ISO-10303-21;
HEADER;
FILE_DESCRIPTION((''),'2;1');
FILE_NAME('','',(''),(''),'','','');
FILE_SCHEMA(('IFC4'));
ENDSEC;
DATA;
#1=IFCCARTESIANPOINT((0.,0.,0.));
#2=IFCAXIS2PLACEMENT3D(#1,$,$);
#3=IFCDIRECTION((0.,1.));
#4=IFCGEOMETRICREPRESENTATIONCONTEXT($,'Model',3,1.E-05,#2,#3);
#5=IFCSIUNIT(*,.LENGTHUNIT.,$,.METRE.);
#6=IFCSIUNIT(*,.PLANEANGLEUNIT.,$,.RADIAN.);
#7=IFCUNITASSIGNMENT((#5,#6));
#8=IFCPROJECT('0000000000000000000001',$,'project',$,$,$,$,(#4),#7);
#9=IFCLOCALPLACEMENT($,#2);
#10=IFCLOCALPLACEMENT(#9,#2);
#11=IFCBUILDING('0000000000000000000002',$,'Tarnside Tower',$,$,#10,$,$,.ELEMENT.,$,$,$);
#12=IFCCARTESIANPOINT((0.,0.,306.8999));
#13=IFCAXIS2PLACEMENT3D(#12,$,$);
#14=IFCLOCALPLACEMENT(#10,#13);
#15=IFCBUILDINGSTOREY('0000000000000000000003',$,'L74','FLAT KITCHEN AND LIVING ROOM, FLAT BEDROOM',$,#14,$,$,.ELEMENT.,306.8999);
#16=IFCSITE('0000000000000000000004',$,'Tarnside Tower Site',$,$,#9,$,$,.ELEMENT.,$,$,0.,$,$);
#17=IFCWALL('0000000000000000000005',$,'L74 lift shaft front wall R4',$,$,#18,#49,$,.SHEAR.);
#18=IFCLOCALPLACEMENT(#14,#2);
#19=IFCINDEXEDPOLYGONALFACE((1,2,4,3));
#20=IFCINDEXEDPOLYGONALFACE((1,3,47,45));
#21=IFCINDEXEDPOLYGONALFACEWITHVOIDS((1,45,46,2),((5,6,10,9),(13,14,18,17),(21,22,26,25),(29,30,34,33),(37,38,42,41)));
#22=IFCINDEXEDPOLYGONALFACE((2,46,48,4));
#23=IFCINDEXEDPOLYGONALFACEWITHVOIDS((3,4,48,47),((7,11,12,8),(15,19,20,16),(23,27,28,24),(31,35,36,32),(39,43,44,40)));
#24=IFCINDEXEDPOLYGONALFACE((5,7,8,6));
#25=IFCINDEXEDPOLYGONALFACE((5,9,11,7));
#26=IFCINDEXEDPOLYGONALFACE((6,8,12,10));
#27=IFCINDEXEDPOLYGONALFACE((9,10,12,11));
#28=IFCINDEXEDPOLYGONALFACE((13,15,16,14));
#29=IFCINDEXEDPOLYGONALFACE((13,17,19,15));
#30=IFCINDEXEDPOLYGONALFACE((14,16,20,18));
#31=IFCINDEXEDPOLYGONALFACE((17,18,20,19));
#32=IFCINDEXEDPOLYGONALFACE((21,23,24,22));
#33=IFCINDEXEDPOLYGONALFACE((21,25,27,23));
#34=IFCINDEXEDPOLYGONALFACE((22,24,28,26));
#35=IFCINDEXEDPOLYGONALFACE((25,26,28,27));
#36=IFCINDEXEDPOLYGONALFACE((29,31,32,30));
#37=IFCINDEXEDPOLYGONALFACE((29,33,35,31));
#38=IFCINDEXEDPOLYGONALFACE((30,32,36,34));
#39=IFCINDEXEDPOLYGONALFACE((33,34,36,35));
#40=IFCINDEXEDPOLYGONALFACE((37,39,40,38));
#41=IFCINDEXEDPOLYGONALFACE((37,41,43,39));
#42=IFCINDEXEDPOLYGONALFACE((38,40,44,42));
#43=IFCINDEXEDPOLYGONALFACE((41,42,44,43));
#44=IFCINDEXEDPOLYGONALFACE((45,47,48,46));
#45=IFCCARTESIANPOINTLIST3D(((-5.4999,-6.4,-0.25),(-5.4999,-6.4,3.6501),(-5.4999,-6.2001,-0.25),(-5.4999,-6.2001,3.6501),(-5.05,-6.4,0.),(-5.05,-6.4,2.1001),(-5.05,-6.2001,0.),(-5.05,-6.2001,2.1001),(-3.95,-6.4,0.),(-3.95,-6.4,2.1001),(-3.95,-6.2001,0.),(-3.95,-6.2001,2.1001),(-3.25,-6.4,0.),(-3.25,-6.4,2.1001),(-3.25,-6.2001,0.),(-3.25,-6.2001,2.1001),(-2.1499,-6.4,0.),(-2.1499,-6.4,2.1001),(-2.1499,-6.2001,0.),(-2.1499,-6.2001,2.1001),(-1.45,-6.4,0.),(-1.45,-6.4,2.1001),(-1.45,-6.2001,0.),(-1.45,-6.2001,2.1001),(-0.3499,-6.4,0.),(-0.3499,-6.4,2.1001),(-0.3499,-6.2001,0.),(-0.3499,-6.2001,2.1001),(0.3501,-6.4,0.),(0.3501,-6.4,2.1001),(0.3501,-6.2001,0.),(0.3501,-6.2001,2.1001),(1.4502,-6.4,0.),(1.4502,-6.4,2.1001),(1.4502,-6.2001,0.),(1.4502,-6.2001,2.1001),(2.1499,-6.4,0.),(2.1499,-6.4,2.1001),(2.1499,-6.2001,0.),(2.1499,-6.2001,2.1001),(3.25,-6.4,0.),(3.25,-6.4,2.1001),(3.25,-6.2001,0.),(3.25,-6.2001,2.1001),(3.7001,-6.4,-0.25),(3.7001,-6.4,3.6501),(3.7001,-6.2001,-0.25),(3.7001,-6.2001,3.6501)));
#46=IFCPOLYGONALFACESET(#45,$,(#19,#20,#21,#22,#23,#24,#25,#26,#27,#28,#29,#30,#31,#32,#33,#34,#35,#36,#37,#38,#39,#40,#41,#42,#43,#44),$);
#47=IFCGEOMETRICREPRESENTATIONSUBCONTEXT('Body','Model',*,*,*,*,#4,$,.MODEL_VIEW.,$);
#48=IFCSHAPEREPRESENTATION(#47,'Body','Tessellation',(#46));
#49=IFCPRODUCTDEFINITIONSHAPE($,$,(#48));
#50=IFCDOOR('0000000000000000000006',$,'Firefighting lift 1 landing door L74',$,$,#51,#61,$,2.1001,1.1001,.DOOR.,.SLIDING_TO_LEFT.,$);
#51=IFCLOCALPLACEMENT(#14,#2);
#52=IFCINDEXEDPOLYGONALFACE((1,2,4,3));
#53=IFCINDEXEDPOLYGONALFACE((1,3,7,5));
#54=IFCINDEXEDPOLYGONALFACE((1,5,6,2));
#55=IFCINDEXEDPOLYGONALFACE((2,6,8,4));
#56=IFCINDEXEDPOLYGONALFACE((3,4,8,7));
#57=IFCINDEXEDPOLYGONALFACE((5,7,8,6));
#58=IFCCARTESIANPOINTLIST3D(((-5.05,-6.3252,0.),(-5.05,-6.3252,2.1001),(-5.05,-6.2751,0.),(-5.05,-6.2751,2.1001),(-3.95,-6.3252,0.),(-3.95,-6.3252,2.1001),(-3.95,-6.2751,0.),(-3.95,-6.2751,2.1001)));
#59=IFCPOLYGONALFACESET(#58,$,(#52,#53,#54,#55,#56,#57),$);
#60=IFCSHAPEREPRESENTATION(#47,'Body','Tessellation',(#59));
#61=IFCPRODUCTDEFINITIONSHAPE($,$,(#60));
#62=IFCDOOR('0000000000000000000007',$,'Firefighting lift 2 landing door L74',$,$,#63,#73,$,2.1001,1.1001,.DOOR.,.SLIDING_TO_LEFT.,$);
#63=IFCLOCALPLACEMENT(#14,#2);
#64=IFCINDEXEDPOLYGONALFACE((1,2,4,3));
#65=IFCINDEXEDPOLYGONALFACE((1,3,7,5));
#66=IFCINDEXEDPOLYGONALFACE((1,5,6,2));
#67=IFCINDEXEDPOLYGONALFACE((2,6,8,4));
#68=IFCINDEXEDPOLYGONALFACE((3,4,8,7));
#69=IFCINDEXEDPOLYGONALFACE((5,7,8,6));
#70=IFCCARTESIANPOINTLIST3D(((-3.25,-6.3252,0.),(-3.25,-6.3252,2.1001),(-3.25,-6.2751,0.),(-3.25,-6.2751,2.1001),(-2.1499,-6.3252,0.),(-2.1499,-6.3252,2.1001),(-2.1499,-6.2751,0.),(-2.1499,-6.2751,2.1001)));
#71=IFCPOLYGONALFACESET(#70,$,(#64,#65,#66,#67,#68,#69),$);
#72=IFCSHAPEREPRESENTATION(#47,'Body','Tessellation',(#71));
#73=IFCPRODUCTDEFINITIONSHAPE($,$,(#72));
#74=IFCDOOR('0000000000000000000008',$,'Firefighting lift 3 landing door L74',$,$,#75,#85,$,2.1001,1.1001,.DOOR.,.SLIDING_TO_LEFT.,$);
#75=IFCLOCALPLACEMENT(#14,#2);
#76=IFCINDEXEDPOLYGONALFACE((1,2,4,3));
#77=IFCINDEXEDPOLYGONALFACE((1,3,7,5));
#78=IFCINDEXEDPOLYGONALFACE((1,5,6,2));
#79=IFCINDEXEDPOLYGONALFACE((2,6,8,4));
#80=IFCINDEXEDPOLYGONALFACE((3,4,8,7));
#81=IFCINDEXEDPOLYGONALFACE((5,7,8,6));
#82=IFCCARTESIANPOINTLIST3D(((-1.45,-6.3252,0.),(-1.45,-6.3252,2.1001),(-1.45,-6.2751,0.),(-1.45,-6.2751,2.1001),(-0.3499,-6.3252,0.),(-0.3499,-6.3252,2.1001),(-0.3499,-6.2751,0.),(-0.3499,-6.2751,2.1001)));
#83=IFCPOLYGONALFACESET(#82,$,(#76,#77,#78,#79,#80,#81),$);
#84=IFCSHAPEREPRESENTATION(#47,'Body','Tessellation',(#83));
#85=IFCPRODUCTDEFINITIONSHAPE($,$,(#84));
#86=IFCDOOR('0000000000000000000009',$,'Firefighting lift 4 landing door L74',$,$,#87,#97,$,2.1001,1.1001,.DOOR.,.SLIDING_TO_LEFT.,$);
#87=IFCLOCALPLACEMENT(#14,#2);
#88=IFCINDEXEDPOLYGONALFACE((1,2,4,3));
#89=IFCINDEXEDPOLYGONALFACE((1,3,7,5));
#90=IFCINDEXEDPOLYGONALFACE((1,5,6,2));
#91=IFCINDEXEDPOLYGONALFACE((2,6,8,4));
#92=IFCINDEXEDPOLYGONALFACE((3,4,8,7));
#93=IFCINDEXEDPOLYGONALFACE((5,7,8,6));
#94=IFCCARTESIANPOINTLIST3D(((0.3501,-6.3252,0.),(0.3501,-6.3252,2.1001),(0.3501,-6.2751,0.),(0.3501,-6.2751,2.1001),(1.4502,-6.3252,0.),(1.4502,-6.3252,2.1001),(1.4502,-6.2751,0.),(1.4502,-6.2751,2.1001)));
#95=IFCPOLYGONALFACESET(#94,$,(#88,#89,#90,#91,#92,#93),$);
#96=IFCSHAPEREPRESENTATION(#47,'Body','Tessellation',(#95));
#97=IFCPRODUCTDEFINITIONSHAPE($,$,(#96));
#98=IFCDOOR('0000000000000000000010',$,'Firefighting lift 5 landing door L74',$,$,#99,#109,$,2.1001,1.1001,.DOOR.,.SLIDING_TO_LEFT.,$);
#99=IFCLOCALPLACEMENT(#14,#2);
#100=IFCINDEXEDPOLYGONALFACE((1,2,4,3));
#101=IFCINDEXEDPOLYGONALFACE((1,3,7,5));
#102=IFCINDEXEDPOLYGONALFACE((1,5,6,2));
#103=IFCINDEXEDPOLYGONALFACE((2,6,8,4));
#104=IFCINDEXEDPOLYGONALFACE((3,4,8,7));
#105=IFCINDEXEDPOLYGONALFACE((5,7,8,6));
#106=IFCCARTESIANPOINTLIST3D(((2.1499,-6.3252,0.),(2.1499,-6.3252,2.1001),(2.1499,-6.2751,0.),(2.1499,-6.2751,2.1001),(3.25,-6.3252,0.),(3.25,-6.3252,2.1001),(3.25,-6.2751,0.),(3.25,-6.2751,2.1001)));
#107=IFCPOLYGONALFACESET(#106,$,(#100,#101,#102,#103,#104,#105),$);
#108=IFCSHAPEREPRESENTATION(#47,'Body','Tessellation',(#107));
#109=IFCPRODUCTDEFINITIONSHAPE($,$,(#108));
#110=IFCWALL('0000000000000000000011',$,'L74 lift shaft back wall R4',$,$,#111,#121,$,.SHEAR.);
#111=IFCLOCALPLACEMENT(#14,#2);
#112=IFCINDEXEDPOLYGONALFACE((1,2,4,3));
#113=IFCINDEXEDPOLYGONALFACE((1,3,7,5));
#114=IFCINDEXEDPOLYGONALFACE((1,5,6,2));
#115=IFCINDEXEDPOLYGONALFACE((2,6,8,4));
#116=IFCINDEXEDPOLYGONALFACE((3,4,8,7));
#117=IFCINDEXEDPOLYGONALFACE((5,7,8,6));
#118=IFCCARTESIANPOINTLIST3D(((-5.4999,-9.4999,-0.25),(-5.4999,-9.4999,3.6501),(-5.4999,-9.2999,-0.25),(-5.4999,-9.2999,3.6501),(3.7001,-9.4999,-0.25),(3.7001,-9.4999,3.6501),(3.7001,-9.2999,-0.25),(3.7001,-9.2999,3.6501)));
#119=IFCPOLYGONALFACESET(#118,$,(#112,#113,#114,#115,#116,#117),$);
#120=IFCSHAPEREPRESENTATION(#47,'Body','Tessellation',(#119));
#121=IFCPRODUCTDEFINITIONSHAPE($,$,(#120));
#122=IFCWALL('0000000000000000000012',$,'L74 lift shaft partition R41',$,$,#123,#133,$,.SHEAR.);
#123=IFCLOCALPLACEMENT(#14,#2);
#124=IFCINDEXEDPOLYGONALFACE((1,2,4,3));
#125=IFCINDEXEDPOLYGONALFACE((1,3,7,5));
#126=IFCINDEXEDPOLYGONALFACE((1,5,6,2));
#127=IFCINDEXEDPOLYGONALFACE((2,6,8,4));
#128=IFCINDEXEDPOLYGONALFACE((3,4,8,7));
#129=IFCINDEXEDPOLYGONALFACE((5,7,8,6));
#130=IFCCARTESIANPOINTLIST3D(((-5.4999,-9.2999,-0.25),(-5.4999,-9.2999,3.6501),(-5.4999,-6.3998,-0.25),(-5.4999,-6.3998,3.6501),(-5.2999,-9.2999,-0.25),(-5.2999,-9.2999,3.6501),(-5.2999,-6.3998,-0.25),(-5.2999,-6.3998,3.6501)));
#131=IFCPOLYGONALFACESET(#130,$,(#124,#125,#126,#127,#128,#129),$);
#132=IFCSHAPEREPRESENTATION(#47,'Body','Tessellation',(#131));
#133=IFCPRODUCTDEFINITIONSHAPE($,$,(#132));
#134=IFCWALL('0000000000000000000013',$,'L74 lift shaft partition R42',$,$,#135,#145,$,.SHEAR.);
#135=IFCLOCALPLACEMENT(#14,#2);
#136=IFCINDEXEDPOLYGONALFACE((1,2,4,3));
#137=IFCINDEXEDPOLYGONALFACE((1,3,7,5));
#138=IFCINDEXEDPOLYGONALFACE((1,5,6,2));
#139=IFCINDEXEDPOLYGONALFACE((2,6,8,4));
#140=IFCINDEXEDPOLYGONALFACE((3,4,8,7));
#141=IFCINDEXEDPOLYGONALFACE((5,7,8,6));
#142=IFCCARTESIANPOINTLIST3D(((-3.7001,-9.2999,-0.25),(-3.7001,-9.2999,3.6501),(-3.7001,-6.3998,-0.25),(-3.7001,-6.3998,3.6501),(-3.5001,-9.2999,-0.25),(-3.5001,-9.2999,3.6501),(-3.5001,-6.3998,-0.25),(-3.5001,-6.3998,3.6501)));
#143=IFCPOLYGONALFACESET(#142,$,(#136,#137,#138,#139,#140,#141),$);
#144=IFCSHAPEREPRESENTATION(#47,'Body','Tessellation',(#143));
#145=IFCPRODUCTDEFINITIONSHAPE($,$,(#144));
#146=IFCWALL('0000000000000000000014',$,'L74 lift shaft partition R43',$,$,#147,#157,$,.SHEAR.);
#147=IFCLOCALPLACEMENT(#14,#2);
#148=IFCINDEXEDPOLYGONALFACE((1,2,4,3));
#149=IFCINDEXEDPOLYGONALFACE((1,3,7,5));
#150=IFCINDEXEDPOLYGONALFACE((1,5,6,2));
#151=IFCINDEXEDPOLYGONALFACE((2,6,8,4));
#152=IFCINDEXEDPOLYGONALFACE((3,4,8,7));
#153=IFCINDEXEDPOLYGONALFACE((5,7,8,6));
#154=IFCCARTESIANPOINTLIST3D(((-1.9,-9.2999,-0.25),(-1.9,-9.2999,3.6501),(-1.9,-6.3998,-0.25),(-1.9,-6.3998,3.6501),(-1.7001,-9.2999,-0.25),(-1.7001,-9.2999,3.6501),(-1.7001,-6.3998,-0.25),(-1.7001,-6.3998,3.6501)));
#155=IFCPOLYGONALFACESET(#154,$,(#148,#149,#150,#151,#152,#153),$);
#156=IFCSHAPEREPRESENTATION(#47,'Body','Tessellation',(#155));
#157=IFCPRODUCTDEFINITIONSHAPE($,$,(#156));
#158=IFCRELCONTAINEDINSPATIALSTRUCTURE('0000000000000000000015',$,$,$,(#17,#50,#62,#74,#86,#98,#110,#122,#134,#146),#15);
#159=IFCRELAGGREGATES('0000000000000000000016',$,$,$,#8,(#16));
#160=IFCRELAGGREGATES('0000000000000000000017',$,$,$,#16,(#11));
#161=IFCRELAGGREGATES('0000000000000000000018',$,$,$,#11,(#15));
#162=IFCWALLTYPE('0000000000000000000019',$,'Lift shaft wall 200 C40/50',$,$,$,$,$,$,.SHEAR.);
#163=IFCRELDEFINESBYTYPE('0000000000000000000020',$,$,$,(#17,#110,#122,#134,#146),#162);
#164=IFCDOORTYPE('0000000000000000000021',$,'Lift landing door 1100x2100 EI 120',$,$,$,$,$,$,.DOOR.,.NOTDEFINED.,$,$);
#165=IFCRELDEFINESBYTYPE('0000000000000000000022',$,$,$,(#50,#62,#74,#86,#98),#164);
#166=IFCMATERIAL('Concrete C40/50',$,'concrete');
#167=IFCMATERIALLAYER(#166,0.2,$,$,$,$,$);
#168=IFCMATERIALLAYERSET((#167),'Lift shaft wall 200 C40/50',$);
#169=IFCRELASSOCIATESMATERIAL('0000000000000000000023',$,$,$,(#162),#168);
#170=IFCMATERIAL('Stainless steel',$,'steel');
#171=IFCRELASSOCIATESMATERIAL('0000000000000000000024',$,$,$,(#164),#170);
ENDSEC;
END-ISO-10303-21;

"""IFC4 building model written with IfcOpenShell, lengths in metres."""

from ifc_helpers import new_model, si_unit, direction, frame, frame_2d, origin, place, context, subcontext, project, spatial, rectangle, extrude, material, layer, layer_set, type_object, element, fill, save


model = new_model("IFC4")

# Units and contexts
model_context = context("Model", 3, precision=1e-05, world=origin(), true_north=direction((0.0, 1.0)))
body_context = subcontext(model_context, "Body", "Model", "MODEL_VIEW")
ifc_project = project(units=[si_unit("LENGTHUNIT", "METRE"), si_unit("PLANEANGLEUNIT", "RADIAN")], contexts=[model_context])

# Site, building, storey
site_placement = place(None, origin())
site = spatial("IfcSite", under=ifc_project, at=site_placement, Name="Tarnside Tower Site", CompositionType="ELEMENT", RefElevation=0.0)
building_placement = place(site_placement, origin())
building = spatial("IfcBuilding", under=site, at=building_placement, Name="Tarnside Tower", CompositionType="ELEMENT")
storey_placement = place(building_placement, frame((0.0, 0.0, 306.8999)))
storey = spatial("IfcBuildingStorey", under=building, at=storey_placement, Name="L74", Description="FLAT KITCHEN AND LIVING ROOM, FLAT BEDROOM", CompositionType="ELEMENT", Elevation=306.8999)

# Shared definitions
ifc_material_1 = material(Name="Concrete C40/50", Category="concrete")

# Wall, openings, doors
ifc_layer_1 = layer(ifc_material_1, 0.2)
ifc_layer_set_1 = layer_set([ifc_layer_1], Name="Lift shaft wall 200 C40/50")
wall_type_1 = type_object("IfcWallType", Name="Lift shaft wall 200 C40/50", PredefinedType="SHEAR", material=ifc_layer_set_1)
wall_1_placement = place(storey_placement, frame((-5.5, -6.3, -0.25), z_axis=(0.0, 0.0, 1.0), x_axis=(1.0, 0.0, 0.0)))
wall_1 = element("IfcWall", 1, at=wall_1_placement, inside=storey, type_object=wall_type_1, Name="L74 lift shaft front wall R4", PredefinedType="SHEAR", context=body_context, shape_type="SweptSolid", body=[
    extrude(rectangle(XDim=9.2, YDim=0.2, at=frame_2d((4.6001, 0.0))), origin(), (0.0, 0.0, 1.0), 3.9001),
])
opening_1_placement = place(wall_1_placement, frame((0.45, 0.0, 0.25)))
opening_1 = element("IfcOpeningElement", 2, at=opening_1_placement, cuts=wall_1, PredefinedType="OPENING", context=body_context, shape_type="SweptSolid", body=[
    extrude(rectangle(XDim=1.1001, YDim=2.1001, at=frame_2d((0.55, 1.05))), frame((0.0, 0.1099, 0.0), z_axis=(0.0, -1.0, 0.0), x_axis=(1.0, 0.0, 0.0)), (0.0, 0.0, 1.0), 0.22),
])
opening_2_placement = place(wall_1_placement, frame((2.25, 0.0, 0.25)))
opening_2 = element("IfcOpeningElement", 3, at=opening_2_placement, cuts=wall_1, PredefinedType="OPENING", context=body_context, shape_type="SweptSolid", body=[
    extrude(rectangle(XDim=1.1001, YDim=2.1001, at=frame_2d((0.55, 1.05))), frame((0.0, 0.1099, 0.0), z_axis=(0.0, -1.0, 0.0), x_axis=(1.0, 0.0, 0.0)), (0.0, 0.0, 1.0), 0.22),
])
opening_3_placement = place(wall_1_placement, frame((4.05, 0.0, 0.25)))
opening_3 = element("IfcOpeningElement", 4, at=opening_3_placement, cuts=wall_1, PredefinedType="OPENING", context=body_context, shape_type="SweptSolid", body=[
    extrude(rectangle(XDim=1.1001, YDim=2.1001, at=frame_2d((0.55, 1.05))), frame((0.0, 0.1099, 0.0), z_axis=(0.0, -1.0, 0.0), x_axis=(1.0, 0.0, 0.0)), (0.0, 0.0, 1.0), 0.22),
])
opening_4_placement = place(wall_1_placement, frame((5.8501, 0.0, 0.25)))
opening_4 = element("IfcOpeningElement", 5, at=opening_4_placement, cuts=wall_1, PredefinedType="OPENING", context=body_context, shape_type="SweptSolid", body=[
    extrude(rectangle(XDim=1.1001, YDim=2.1001, at=frame_2d((0.55, 1.05))), frame((0.0, 0.1099, 0.0), z_axis=(0.0, -1.0, 0.0), x_axis=(1.0, 0.0, 0.0)), (0.0, 0.0, 1.0), 0.22),
])
opening_5_placement = place(wall_1_placement, frame((7.6499, 0.0, 0.25)))
opening_5 = element("IfcOpeningElement", 6, at=opening_5_placement, cuts=wall_1, PredefinedType="OPENING", context=body_context, shape_type="SweptSolid", body=[
    extrude(rectangle(XDim=1.1001, YDim=2.1001, at=frame_2d((0.55, 1.05))), frame((0.0, 0.1099, 0.0), z_axis=(0.0, -1.0, 0.0), x_axis=(1.0, 0.0, 0.0)), (0.0, 0.0, 1.0), 0.22),
])
ifc_material_2 = material(Name="Stainless steel", Category="steel")
door_type_1 = type_object("IfcDoorType", Name="Lift landing door 1100x2100 EI 120", OperationType="NOTDEFINED", PredefinedType="DOOR", material=ifc_material_2)
door_1_placement = place(opening_1_placement, origin())
door_1 = element("IfcDoor", 7, at=door_1_placement, inside=storey, type_object=door_type_1, Name="Firefighting lift 1 landing door L74", OperationType="SLIDING_TO_LEFT", OverallHeight=2.1001, OverallWidth=1.1001, PredefinedType="DOOR", context=body_context, shape_type="SweptSolid", body=[
    extrude(rectangle(XDim=1.1001, YDim=2.1001, at=frame_2d((0.55, 1.05))), frame((0.0, 0.0249, 0.0), z_axis=(0.0, -1.0, 0.0), x_axis=(1.0, 0.0, 0.0)), (0.0, 0.0, 1.0), 0.05),
])
fill(opening_1, door_1)
door_2_placement = place(opening_2_placement, origin())
door_2 = element("IfcDoor", 8, at=door_2_placement, inside=storey, type_object=door_type_1, Name="Firefighting lift 2 landing door L74", OperationType="SLIDING_TO_LEFT", OverallHeight=2.1001, OverallWidth=1.1001, PredefinedType="DOOR", context=body_context, shape_type="SweptSolid", body=[
    extrude(rectangle(XDim=1.1001, YDim=2.1001, at=frame_2d((0.55, 1.05))), frame((0.0, 0.0249, 0.0), z_axis=(0.0, -1.0, 0.0), x_axis=(1.0, 0.0, 0.0)), (0.0, 0.0, 1.0), 0.05),
])
fill(opening_2, door_2)
door_3_placement = place(opening_3_placement, origin())
door_3 = element("IfcDoor", 9, at=door_3_placement, inside=storey, type_object=door_type_1, Name="Firefighting lift 3 landing door L74", OperationType="SLIDING_TO_LEFT", OverallHeight=2.1001, OverallWidth=1.1001, PredefinedType="DOOR", context=body_context, shape_type="SweptSolid", body=[
    extrude(rectangle(XDim=1.1001, YDim=2.1001, at=frame_2d((0.55, 1.05))), frame((0.0, 0.0249, 0.0), z_axis=(0.0, -1.0, 0.0), x_axis=(1.0, 0.0, 0.0)), (0.0, 0.0, 1.0), 0.05),
])
fill(opening_3, door_3)
door_4_placement = place(opening_4_placement, origin())
door_4 = element("IfcDoor", 10, at=door_4_placement, inside=storey, type_object=door_type_1, Name="Firefighting lift 4 landing door L74", OperationType="SLIDING_TO_LEFT", OverallHeight=2.1001, OverallWidth=1.1001, PredefinedType="DOOR", context=body_context, shape_type="SweptSolid", body=[
    extrude(rectangle(XDim=1.1001, YDim=2.1001, at=frame_2d((0.55, 1.05))), frame((0.0, 0.0249, 0.0), z_axis=(0.0, -1.0, 0.0), x_axis=(1.0, 0.0, 0.0)), (0.0, 0.0, 1.0), 0.05),
])
fill(opening_4, door_4)
door_5_placement = place(opening_5_placement, origin())
door_5 = element("IfcDoor", 11, at=door_5_placement, inside=storey, type_object=door_type_1, Name="Firefighting lift 5 landing door L74", OperationType="SLIDING_TO_LEFT", OverallHeight=2.1001, OverallWidth=1.1001, PredefinedType="DOOR", context=body_context, shape_type="SweptSolid", body=[
    extrude(rectangle(XDim=1.1001, YDim=2.1001, at=frame_2d((0.55, 1.05))), frame((0.0, 0.0249, 0.0), z_axis=(0.0, -1.0, 0.0), x_axis=(1.0, 0.0, 0.0)), (0.0, 0.0, 1.0), 0.05),
])
fill(opening_5, door_5)

# Walls
wall_2_placement = place(storey_placement, frame((-5.5, -9.3999, -0.25), z_axis=(0.0, 0.0, 1.0), x_axis=(1.0, 0.0, 0.0)))
element("IfcWall", 12, at=wall_2_placement, inside=storey, type_object=wall_type_1, Name="L74 lift shaft back wall R4", PredefinedType="SHEAR", context=body_context, shape_type="SweptSolid", body=[
    extrude(rectangle(XDim=9.2, YDim=0.2, at=frame_2d((4.6001, 0.0))), origin(), (0.0, 0.0, 1.0), 3.9001),
])
for number, where, z_axis, x_axis, name in (
    (13, (-5.3999, -9.3, -0.25), (0.0, 0.0, 1.0), (0.0, 1.0, 0.0), "L74 lift shaft partition R41"),
    (14, (-3.6001, -9.3, -0.25), (0.0, 0.0, 1.0), (0.0, 1.0, 0.0), "L74 lift shaft partition R42"),
    (15, (-1.8, -9.3, -0.25), (0.0, 0.0, 1.0), (0.0, 1.0, 0.0), "L74 lift shaft partition R43"),
):
    element("IfcWall", number, at=place(storey_placement, frame(where, z_axis=z_axis, x_axis=x_axis)), inside=storey, type_object=wall_type_1, Name=name, PredefinedType="SHEAR", context=body_context, shape_type="SweptSolid", body=[
        extrude(rectangle(XDim=2.9001, YDim=0.2, at=frame_2d((1.4502, 0.0))), origin(), (0.0, 0.0, 1.0), 3.9001),
    ])

save(model, "model.ifc")
